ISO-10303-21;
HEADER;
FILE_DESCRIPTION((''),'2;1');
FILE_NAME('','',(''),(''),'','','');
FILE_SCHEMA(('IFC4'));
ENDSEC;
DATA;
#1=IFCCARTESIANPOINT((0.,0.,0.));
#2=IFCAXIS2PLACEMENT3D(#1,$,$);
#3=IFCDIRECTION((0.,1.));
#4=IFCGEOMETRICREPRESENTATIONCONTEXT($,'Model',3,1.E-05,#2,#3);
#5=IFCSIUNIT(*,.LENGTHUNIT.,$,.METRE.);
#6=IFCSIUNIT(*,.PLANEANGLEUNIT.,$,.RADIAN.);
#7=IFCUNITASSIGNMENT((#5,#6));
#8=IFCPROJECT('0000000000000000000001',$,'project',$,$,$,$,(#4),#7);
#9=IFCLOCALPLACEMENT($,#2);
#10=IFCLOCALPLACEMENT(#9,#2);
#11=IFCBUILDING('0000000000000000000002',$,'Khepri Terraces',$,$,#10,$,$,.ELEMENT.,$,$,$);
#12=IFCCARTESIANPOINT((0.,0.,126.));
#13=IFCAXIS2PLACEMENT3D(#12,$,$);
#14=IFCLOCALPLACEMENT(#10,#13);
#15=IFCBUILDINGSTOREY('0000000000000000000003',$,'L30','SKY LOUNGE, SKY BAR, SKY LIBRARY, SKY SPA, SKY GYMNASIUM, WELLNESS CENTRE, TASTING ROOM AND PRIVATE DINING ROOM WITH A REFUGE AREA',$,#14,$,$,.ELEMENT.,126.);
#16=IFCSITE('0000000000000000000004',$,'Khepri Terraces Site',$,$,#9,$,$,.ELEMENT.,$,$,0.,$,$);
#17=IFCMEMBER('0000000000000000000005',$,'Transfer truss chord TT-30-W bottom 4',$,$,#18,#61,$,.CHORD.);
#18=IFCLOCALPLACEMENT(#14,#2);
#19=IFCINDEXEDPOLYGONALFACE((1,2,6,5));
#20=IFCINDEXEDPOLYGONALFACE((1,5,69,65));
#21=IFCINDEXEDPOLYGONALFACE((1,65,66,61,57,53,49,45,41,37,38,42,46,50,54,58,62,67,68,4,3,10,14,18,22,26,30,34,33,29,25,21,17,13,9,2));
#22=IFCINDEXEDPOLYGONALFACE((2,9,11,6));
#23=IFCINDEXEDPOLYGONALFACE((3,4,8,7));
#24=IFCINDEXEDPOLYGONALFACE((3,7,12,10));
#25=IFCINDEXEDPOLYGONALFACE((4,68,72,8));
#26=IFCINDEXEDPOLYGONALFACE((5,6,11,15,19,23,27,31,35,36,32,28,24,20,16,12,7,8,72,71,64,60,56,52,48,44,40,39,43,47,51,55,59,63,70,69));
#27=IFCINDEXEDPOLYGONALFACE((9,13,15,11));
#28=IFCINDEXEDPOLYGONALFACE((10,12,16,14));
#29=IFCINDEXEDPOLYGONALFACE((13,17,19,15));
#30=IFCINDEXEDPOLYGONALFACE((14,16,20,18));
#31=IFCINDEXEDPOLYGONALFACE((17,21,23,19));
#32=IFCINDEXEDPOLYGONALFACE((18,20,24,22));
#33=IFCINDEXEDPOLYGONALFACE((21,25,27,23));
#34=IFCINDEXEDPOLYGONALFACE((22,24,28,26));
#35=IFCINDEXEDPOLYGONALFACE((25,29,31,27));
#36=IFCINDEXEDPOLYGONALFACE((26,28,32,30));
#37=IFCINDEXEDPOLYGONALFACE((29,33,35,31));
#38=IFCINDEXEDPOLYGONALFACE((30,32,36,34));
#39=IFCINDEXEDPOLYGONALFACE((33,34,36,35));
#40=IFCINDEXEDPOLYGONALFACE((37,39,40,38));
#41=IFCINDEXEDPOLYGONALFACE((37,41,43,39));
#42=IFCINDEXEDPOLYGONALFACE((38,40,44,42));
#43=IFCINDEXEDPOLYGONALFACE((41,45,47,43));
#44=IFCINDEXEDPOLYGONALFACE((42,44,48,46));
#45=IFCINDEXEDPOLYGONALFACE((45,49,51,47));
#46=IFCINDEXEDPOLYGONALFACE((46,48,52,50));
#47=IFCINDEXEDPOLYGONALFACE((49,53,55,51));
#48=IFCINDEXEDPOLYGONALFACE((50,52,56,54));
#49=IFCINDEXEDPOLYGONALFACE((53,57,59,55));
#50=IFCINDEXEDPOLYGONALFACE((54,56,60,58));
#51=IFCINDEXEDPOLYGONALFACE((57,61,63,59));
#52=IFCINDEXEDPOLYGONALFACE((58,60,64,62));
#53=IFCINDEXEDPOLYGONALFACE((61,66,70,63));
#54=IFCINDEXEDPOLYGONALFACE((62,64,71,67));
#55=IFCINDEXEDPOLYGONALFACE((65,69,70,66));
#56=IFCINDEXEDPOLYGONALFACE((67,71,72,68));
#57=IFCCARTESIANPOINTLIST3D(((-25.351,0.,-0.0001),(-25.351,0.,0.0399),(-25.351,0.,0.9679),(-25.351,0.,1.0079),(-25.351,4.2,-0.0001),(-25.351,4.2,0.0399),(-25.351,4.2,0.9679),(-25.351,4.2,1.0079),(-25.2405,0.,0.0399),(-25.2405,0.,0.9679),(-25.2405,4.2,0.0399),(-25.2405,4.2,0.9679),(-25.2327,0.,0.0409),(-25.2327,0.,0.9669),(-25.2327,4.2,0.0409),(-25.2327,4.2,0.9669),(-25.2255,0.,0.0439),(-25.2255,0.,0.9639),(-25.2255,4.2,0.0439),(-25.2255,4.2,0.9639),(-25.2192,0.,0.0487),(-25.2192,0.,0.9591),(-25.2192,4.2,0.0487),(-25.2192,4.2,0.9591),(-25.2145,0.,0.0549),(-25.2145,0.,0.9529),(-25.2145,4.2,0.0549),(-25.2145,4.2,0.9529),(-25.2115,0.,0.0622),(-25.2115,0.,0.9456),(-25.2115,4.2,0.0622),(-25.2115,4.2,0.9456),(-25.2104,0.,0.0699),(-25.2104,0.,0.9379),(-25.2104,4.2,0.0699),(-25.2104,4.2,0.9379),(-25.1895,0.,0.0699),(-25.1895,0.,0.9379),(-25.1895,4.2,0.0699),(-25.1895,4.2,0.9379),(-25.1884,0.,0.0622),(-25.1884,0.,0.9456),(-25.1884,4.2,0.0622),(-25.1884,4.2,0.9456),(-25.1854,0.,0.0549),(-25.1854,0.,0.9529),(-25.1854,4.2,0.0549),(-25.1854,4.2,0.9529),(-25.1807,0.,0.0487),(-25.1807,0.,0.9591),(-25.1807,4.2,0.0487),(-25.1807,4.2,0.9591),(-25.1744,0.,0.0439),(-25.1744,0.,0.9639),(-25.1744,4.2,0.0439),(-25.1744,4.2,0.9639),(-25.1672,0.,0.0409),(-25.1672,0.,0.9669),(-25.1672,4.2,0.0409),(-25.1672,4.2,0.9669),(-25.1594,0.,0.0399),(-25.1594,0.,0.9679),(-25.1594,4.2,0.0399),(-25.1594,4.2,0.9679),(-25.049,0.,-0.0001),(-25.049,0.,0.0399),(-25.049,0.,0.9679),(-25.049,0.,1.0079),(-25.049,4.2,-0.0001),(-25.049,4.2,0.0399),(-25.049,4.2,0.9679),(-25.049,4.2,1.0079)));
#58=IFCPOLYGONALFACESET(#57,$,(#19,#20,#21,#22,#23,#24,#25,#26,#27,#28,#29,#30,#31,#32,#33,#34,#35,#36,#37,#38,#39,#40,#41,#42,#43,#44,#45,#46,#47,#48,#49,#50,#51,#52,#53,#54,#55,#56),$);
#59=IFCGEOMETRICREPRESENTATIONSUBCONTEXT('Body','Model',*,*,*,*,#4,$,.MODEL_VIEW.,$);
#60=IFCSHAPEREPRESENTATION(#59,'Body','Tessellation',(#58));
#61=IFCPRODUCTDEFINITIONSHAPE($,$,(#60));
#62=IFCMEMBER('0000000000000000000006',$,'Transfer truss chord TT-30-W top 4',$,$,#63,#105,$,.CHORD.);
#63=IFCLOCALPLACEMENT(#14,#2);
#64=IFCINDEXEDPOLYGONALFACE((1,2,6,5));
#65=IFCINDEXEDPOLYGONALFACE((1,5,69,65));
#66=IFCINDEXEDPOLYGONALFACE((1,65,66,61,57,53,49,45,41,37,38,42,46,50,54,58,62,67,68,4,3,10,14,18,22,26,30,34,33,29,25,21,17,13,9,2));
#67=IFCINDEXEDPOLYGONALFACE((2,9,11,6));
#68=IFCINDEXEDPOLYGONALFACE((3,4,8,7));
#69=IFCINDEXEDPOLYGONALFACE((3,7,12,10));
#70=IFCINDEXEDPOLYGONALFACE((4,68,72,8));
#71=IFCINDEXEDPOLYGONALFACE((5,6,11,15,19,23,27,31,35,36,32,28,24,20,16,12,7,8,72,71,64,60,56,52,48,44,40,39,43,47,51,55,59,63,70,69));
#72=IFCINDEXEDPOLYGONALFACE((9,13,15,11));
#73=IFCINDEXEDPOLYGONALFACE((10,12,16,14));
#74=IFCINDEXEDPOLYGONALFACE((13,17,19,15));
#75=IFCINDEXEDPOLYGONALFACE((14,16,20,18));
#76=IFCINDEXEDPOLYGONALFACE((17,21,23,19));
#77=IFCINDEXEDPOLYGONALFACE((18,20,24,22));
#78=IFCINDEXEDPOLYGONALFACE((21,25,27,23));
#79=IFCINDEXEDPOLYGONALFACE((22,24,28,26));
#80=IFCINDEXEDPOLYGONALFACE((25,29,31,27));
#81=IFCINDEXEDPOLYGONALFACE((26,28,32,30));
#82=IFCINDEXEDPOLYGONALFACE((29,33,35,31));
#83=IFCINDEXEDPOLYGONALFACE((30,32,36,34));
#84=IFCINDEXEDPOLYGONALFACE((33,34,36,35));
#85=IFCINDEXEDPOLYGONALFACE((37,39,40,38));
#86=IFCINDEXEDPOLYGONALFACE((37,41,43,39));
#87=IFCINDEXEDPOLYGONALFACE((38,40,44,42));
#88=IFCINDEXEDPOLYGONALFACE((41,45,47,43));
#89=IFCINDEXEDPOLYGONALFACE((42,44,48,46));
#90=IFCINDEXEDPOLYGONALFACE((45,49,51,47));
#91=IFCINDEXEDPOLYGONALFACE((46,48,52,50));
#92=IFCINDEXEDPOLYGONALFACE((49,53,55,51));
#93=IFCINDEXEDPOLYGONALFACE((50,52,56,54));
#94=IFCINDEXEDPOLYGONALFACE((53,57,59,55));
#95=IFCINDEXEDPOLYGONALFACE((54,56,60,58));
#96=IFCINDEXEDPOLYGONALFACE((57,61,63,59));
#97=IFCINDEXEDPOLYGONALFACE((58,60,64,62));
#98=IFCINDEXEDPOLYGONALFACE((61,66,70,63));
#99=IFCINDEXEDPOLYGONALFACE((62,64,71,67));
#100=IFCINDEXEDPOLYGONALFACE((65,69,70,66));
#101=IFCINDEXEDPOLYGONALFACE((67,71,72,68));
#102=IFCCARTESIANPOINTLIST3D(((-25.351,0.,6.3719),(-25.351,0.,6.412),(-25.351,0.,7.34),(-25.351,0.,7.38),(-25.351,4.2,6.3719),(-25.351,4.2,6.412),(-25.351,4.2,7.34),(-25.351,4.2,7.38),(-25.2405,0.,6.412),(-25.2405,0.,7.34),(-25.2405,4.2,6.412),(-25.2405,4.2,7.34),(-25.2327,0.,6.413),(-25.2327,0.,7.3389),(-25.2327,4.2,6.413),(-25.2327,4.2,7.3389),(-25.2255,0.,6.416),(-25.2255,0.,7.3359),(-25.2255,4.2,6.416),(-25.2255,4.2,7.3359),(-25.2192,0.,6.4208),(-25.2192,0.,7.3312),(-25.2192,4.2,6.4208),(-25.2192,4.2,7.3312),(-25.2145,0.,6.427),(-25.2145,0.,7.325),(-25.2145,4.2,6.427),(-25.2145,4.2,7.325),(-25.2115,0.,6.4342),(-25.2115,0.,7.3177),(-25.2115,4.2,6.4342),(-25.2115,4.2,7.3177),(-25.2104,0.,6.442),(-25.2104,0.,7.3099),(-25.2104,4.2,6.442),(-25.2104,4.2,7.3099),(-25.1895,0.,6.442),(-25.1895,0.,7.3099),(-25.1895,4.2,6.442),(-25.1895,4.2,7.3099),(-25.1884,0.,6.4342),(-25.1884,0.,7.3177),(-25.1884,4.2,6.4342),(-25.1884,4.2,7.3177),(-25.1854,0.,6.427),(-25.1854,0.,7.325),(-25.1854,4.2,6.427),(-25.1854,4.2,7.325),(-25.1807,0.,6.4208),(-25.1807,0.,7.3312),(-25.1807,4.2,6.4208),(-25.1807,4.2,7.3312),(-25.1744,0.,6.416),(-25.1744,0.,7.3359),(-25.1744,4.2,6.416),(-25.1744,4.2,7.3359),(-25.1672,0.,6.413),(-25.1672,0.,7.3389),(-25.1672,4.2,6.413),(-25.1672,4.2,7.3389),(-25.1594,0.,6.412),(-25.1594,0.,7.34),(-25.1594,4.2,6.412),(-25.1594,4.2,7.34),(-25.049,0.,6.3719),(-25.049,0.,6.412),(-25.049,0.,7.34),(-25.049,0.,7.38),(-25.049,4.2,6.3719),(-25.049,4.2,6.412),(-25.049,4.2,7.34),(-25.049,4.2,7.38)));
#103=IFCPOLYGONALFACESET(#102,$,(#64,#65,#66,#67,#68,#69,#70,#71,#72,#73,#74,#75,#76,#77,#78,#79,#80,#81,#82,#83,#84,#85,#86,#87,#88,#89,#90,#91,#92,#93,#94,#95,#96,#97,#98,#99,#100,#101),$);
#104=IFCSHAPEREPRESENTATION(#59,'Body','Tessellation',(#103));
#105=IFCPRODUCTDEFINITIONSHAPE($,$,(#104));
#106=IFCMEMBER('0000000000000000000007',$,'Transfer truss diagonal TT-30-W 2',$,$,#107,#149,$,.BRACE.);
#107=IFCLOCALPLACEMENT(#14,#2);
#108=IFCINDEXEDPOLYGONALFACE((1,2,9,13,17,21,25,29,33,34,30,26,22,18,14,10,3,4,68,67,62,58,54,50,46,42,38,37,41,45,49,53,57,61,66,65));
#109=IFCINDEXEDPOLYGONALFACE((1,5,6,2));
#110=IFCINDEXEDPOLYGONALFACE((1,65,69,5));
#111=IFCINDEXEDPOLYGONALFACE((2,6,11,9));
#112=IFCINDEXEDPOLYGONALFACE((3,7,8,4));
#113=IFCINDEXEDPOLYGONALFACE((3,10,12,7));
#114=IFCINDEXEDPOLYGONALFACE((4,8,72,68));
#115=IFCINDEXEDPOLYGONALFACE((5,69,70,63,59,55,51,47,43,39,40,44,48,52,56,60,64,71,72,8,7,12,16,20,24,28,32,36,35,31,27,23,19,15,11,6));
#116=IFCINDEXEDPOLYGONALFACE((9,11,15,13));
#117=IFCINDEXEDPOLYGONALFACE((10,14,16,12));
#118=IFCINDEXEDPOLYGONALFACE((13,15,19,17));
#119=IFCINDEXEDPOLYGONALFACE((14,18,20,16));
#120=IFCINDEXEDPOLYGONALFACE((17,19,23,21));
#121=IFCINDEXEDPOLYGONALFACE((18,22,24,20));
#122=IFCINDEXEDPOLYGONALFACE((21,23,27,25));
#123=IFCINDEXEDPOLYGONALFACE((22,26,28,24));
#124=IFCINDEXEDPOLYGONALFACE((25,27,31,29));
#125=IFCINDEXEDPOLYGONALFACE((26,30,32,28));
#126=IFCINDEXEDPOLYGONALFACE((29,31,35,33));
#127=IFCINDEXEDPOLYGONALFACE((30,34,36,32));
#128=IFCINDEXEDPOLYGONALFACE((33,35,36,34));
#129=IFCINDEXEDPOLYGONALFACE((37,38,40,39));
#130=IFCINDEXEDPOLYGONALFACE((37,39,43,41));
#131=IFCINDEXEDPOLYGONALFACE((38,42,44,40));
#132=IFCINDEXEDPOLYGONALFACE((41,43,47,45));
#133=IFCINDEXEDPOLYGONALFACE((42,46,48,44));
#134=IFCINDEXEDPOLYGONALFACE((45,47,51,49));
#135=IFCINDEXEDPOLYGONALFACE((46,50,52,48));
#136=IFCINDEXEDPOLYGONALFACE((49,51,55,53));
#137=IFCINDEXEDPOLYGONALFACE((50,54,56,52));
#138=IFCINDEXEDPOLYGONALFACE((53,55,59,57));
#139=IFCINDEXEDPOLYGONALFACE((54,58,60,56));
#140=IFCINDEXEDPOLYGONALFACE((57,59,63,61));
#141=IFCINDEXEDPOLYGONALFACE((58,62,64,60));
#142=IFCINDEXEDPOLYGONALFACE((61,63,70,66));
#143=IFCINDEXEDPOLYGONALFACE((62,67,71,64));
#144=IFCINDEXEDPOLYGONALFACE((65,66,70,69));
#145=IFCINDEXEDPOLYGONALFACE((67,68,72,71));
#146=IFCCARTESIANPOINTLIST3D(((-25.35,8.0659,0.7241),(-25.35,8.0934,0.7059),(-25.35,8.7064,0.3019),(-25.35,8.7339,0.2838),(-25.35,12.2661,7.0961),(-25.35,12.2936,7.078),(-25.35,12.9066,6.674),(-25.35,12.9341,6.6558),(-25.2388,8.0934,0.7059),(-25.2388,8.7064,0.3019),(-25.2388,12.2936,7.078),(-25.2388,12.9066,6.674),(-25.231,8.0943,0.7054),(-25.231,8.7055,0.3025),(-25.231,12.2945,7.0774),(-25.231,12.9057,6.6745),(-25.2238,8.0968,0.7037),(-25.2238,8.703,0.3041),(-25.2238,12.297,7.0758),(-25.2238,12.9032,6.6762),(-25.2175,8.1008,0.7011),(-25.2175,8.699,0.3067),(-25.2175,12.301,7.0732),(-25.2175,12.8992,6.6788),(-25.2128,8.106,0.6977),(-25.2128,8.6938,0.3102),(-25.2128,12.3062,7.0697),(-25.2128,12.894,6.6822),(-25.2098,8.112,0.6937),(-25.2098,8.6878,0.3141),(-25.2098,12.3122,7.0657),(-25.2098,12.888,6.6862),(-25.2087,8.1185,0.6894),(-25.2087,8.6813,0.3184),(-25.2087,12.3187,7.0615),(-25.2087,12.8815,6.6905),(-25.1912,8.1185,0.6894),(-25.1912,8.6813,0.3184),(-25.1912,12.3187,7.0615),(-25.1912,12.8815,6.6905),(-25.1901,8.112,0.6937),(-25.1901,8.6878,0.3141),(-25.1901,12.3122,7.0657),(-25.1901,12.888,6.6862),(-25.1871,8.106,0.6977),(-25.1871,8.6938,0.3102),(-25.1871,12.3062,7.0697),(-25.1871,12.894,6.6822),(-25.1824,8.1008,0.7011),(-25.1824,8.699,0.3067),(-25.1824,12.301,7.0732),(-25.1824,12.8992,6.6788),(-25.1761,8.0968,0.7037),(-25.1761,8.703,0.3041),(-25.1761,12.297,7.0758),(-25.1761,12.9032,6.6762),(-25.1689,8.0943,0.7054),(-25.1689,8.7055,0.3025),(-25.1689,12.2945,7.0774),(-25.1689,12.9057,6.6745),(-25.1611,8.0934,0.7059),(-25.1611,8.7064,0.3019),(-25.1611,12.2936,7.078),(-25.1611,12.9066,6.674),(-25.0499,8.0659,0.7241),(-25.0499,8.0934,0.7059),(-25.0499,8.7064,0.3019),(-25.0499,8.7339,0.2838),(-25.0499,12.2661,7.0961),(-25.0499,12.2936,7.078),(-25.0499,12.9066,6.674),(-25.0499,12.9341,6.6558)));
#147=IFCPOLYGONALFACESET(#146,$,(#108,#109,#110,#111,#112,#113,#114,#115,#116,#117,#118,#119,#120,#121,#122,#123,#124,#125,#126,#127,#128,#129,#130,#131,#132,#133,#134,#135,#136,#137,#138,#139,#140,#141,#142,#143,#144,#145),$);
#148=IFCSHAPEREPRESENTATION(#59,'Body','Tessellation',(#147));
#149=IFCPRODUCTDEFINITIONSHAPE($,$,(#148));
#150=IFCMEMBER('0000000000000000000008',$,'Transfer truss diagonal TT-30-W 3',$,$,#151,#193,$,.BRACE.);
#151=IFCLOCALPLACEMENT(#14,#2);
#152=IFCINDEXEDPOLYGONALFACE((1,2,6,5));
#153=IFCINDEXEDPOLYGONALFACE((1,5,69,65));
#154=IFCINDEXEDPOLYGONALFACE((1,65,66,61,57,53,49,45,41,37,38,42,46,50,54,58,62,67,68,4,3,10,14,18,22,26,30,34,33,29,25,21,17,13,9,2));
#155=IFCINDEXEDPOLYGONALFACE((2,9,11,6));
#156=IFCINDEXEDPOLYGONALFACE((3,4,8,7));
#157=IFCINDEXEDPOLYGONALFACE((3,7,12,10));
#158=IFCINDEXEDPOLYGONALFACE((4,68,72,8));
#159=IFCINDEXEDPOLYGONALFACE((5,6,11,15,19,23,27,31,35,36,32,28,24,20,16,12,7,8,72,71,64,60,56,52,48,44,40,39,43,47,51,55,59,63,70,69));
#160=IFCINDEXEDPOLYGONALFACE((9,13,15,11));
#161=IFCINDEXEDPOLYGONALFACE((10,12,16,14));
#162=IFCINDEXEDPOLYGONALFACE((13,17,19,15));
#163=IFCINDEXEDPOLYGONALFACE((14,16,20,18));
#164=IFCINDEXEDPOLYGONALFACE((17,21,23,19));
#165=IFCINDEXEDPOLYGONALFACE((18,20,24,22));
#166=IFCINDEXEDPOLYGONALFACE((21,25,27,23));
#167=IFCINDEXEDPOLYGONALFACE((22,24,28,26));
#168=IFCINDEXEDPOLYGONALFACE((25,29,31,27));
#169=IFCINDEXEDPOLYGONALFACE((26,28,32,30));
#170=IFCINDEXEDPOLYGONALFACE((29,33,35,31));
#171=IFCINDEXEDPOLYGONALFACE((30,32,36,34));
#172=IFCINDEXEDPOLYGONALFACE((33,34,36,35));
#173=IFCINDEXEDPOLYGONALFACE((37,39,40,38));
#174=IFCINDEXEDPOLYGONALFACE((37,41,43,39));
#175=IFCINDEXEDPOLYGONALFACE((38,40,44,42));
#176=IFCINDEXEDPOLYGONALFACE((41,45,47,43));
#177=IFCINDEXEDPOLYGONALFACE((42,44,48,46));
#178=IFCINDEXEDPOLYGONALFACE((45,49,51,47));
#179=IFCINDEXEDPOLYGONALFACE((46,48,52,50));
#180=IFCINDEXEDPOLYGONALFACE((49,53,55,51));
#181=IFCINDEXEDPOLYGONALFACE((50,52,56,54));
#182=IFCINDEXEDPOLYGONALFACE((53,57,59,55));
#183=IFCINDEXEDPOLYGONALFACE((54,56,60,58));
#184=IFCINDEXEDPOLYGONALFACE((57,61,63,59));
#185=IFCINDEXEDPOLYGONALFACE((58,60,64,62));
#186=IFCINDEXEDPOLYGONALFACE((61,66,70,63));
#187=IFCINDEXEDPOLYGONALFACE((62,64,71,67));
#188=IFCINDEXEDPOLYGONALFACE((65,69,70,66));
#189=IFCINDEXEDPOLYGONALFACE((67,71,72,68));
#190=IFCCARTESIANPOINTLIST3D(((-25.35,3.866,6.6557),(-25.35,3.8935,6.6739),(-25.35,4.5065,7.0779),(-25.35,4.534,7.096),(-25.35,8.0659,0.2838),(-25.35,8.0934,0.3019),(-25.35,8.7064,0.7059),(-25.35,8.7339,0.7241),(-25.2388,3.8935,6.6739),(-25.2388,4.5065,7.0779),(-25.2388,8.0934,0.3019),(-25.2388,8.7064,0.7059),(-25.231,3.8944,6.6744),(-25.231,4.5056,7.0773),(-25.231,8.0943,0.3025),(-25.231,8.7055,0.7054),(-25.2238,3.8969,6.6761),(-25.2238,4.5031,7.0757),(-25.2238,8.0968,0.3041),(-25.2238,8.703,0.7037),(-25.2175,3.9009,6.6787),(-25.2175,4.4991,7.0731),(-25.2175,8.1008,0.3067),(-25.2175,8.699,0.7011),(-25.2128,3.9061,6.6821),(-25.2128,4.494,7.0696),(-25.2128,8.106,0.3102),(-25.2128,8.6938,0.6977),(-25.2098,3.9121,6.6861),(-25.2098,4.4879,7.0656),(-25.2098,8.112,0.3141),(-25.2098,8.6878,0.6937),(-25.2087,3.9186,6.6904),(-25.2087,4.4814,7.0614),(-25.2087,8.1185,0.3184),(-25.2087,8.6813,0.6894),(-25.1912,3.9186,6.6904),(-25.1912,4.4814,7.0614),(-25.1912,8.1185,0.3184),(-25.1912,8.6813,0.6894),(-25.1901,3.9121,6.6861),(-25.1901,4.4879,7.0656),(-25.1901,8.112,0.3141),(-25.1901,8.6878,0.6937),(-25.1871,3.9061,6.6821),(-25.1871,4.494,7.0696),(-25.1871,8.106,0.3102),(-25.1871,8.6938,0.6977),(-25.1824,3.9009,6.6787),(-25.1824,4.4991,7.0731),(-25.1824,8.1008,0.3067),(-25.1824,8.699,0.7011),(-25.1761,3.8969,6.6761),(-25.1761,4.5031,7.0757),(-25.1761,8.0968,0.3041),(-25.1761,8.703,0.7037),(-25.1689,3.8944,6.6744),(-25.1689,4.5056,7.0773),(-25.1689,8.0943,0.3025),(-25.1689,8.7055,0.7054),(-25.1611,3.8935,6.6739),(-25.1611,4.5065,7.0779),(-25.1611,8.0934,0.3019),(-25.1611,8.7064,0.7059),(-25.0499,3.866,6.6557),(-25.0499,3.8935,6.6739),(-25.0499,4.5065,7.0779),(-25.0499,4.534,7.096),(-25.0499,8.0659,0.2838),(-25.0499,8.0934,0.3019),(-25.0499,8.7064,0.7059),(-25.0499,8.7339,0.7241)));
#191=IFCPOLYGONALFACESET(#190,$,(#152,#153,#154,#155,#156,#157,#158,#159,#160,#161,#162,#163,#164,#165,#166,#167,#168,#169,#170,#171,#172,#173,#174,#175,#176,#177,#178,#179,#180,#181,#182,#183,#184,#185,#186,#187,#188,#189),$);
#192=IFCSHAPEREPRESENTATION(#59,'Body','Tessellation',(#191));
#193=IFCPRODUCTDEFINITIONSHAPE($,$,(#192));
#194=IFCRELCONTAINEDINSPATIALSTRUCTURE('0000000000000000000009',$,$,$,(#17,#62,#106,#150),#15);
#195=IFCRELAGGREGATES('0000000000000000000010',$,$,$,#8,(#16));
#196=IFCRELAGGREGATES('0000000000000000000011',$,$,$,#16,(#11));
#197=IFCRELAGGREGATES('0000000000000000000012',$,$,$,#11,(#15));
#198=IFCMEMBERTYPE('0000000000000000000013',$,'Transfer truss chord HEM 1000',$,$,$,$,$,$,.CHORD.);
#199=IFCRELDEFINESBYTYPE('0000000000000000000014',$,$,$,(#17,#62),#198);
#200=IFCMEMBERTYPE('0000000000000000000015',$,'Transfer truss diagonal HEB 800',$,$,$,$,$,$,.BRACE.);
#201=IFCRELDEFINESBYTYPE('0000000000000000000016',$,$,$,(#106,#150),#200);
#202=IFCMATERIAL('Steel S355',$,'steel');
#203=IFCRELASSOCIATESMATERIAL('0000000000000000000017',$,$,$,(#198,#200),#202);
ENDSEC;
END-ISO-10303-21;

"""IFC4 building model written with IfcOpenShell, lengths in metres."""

from ifc_helpers import new_model, si_unit, direction, frame, origin, origin_2d, place, context, subcontext, project, spatial, i_section, extrude, material, material_profile, profile_set, type_object, element, save


model = new_model("IFC4")

# Units and contexts
model_context = context("Model", 3, precision=1e-05, world=origin(), true_north=direction((0.0, 1.0)))
body_context = subcontext(model_context, "Body", "Model", "MODEL_VIEW")
ifc_project = project(units=[si_unit("LENGTHUNIT", "METRE"), si_unit("PLANEANGLEUNIT", "RADIAN")], contexts=[model_context])

# Site, building, storey
site_placement = place(None, origin())
site = spatial("IfcSite", under=ifc_project, at=site_placement, Name="Khepri Terraces Site", CompositionType="ELEMENT", RefElevation=0.0)
building_placement = place(site_placement, origin())
building = spatial("IfcBuilding", under=site, at=building_placement, Name="Khepri Terraces", CompositionType="ELEMENT")
storey_placement = place(building_placement, frame((0.0, 0.0, 126.0)))
storey = spatial("IfcBuildingStorey", under=building, at=storey_placement, Name="L30", Description="SKY LOUNGE, SKY BAR, SKY LIBRARY, SKY SPA, SKY GYMNASIUM, WELLNESS CENTRE, TASTING ROOM AND PRIVATE DINING ROOM WITH A REFUGE AREA", CompositionType="ELEMENT", Elevation=126.0)

# Members
ifc_material_1 = material(Name="Steel S355", Category="steel")
ifc_material_profile_1 = material_profile(ifc_material_1, i_section(OverallWidth=0.302, OverallDepth=1.0081, WebThickness=0.021, FlangeThickness=0.04, FilletRadius=0.03, at=origin_2d()), Name="Steel S355", Category="steel")
ifc_profile_set_1 = profile_set([ifc_material_profile_1], Name="Steel S355")
member_type_1 = type_object("IfcMemberType", Name="Transfer truss chord HEM 1000", PredefinedType="CHORD", material=ifc_profile_set_1)
for number, where, z_axis, x_axis, name in (
    (1, (-25.2, 4.2, 0.5039), (0.0, -1.0, 0.0), (1.0, 0.0, 0.0), "Transfer truss chord TT-30-W bottom 4"),
    (2, (-25.2, 4.2, 6.876), (0.0, -1.0, 0.0), (1.0, 0.0, 0.0), "Transfer truss chord TT-30-W top 4"),
):
    element("IfcMember", number, at=place(storey_placement, frame(where, z_axis=z_axis, x_axis=x_axis)), inside=storey, type_object=member_type_1, Name=name, PredefinedType="CHORD", context=body_context, shape_type="SweptSolid", body=[
        extrude(i_section(OverallWidth=0.302, OverallDepth=1.0081, WebThickness=0.021, FlangeThickness=0.04, FilletRadius=0.03, at=origin_2d()), origin(), (0.0, 0.0, 1.0), 4.2),
    ])
ifc_material_profile_2 = material_profile(ifc_material_1, i_section(OverallWidth=0.3, OverallDepth=0.8, WebThickness=0.0176, FlangeThickness=0.033, FilletRadius=0.03, at=origin_2d()), Name="Steel S355", Category="steel")
ifc_profile_set_2 = profile_set([ifc_material_profile_2], Name="Steel S355")
member_type_2 = type_object("IfcMemberType", Name="Transfer truss diagonal HEB 800", PredefinedType="BRACE", material=ifc_profile_set_2)
member_placement = place(storey_placement, frame((-25.2, 12.6001, 6.876), z_axis=(0.0, -0.550352, -0.834933), x_axis=(1.0, 0.0, 0.0)))
element("IfcMember", 3, at=member_placement, inside=storey, type_object=member_type_2, Name="Transfer truss diagonal TT-30-W 2", PredefinedType="BRACE", context=body_context, shape_type="SweptSolid", body=[
    extrude(i_section(OverallWidth=0.3, OverallDepth=0.8, WebThickness=0.0176, FlangeThickness=0.033, FilletRadius=0.03, at=origin_2d()), origin(), (0.0, 0.0, 1.0), 7.6318),
])
for number, where, z_axis, x_axis, name in (
    (4, (-25.2, 8.3999, 0.5039), (0.0, -0.55033, 0.834948), (1.0, 0.0, 0.0), "Transfer truss diagonal TT-30-W 3"),
):
    element("IfcMember", number, at=place(storey_placement, frame(where, z_axis=z_axis, x_axis=x_axis)), inside=storey, type_object=member_type_2, Name=name, PredefinedType="BRACE", context=body_context, shape_type="SweptSolid", body=[
        extrude(i_section(OverallWidth=0.3, OverallDepth=0.8, WebThickness=0.0176, FlangeThickness=0.033, FilletRadius=0.03, at=origin_2d()), origin(), (0.0, 0.0, 1.0), 7.6316),
    ])

save(model, "model.ifc")
